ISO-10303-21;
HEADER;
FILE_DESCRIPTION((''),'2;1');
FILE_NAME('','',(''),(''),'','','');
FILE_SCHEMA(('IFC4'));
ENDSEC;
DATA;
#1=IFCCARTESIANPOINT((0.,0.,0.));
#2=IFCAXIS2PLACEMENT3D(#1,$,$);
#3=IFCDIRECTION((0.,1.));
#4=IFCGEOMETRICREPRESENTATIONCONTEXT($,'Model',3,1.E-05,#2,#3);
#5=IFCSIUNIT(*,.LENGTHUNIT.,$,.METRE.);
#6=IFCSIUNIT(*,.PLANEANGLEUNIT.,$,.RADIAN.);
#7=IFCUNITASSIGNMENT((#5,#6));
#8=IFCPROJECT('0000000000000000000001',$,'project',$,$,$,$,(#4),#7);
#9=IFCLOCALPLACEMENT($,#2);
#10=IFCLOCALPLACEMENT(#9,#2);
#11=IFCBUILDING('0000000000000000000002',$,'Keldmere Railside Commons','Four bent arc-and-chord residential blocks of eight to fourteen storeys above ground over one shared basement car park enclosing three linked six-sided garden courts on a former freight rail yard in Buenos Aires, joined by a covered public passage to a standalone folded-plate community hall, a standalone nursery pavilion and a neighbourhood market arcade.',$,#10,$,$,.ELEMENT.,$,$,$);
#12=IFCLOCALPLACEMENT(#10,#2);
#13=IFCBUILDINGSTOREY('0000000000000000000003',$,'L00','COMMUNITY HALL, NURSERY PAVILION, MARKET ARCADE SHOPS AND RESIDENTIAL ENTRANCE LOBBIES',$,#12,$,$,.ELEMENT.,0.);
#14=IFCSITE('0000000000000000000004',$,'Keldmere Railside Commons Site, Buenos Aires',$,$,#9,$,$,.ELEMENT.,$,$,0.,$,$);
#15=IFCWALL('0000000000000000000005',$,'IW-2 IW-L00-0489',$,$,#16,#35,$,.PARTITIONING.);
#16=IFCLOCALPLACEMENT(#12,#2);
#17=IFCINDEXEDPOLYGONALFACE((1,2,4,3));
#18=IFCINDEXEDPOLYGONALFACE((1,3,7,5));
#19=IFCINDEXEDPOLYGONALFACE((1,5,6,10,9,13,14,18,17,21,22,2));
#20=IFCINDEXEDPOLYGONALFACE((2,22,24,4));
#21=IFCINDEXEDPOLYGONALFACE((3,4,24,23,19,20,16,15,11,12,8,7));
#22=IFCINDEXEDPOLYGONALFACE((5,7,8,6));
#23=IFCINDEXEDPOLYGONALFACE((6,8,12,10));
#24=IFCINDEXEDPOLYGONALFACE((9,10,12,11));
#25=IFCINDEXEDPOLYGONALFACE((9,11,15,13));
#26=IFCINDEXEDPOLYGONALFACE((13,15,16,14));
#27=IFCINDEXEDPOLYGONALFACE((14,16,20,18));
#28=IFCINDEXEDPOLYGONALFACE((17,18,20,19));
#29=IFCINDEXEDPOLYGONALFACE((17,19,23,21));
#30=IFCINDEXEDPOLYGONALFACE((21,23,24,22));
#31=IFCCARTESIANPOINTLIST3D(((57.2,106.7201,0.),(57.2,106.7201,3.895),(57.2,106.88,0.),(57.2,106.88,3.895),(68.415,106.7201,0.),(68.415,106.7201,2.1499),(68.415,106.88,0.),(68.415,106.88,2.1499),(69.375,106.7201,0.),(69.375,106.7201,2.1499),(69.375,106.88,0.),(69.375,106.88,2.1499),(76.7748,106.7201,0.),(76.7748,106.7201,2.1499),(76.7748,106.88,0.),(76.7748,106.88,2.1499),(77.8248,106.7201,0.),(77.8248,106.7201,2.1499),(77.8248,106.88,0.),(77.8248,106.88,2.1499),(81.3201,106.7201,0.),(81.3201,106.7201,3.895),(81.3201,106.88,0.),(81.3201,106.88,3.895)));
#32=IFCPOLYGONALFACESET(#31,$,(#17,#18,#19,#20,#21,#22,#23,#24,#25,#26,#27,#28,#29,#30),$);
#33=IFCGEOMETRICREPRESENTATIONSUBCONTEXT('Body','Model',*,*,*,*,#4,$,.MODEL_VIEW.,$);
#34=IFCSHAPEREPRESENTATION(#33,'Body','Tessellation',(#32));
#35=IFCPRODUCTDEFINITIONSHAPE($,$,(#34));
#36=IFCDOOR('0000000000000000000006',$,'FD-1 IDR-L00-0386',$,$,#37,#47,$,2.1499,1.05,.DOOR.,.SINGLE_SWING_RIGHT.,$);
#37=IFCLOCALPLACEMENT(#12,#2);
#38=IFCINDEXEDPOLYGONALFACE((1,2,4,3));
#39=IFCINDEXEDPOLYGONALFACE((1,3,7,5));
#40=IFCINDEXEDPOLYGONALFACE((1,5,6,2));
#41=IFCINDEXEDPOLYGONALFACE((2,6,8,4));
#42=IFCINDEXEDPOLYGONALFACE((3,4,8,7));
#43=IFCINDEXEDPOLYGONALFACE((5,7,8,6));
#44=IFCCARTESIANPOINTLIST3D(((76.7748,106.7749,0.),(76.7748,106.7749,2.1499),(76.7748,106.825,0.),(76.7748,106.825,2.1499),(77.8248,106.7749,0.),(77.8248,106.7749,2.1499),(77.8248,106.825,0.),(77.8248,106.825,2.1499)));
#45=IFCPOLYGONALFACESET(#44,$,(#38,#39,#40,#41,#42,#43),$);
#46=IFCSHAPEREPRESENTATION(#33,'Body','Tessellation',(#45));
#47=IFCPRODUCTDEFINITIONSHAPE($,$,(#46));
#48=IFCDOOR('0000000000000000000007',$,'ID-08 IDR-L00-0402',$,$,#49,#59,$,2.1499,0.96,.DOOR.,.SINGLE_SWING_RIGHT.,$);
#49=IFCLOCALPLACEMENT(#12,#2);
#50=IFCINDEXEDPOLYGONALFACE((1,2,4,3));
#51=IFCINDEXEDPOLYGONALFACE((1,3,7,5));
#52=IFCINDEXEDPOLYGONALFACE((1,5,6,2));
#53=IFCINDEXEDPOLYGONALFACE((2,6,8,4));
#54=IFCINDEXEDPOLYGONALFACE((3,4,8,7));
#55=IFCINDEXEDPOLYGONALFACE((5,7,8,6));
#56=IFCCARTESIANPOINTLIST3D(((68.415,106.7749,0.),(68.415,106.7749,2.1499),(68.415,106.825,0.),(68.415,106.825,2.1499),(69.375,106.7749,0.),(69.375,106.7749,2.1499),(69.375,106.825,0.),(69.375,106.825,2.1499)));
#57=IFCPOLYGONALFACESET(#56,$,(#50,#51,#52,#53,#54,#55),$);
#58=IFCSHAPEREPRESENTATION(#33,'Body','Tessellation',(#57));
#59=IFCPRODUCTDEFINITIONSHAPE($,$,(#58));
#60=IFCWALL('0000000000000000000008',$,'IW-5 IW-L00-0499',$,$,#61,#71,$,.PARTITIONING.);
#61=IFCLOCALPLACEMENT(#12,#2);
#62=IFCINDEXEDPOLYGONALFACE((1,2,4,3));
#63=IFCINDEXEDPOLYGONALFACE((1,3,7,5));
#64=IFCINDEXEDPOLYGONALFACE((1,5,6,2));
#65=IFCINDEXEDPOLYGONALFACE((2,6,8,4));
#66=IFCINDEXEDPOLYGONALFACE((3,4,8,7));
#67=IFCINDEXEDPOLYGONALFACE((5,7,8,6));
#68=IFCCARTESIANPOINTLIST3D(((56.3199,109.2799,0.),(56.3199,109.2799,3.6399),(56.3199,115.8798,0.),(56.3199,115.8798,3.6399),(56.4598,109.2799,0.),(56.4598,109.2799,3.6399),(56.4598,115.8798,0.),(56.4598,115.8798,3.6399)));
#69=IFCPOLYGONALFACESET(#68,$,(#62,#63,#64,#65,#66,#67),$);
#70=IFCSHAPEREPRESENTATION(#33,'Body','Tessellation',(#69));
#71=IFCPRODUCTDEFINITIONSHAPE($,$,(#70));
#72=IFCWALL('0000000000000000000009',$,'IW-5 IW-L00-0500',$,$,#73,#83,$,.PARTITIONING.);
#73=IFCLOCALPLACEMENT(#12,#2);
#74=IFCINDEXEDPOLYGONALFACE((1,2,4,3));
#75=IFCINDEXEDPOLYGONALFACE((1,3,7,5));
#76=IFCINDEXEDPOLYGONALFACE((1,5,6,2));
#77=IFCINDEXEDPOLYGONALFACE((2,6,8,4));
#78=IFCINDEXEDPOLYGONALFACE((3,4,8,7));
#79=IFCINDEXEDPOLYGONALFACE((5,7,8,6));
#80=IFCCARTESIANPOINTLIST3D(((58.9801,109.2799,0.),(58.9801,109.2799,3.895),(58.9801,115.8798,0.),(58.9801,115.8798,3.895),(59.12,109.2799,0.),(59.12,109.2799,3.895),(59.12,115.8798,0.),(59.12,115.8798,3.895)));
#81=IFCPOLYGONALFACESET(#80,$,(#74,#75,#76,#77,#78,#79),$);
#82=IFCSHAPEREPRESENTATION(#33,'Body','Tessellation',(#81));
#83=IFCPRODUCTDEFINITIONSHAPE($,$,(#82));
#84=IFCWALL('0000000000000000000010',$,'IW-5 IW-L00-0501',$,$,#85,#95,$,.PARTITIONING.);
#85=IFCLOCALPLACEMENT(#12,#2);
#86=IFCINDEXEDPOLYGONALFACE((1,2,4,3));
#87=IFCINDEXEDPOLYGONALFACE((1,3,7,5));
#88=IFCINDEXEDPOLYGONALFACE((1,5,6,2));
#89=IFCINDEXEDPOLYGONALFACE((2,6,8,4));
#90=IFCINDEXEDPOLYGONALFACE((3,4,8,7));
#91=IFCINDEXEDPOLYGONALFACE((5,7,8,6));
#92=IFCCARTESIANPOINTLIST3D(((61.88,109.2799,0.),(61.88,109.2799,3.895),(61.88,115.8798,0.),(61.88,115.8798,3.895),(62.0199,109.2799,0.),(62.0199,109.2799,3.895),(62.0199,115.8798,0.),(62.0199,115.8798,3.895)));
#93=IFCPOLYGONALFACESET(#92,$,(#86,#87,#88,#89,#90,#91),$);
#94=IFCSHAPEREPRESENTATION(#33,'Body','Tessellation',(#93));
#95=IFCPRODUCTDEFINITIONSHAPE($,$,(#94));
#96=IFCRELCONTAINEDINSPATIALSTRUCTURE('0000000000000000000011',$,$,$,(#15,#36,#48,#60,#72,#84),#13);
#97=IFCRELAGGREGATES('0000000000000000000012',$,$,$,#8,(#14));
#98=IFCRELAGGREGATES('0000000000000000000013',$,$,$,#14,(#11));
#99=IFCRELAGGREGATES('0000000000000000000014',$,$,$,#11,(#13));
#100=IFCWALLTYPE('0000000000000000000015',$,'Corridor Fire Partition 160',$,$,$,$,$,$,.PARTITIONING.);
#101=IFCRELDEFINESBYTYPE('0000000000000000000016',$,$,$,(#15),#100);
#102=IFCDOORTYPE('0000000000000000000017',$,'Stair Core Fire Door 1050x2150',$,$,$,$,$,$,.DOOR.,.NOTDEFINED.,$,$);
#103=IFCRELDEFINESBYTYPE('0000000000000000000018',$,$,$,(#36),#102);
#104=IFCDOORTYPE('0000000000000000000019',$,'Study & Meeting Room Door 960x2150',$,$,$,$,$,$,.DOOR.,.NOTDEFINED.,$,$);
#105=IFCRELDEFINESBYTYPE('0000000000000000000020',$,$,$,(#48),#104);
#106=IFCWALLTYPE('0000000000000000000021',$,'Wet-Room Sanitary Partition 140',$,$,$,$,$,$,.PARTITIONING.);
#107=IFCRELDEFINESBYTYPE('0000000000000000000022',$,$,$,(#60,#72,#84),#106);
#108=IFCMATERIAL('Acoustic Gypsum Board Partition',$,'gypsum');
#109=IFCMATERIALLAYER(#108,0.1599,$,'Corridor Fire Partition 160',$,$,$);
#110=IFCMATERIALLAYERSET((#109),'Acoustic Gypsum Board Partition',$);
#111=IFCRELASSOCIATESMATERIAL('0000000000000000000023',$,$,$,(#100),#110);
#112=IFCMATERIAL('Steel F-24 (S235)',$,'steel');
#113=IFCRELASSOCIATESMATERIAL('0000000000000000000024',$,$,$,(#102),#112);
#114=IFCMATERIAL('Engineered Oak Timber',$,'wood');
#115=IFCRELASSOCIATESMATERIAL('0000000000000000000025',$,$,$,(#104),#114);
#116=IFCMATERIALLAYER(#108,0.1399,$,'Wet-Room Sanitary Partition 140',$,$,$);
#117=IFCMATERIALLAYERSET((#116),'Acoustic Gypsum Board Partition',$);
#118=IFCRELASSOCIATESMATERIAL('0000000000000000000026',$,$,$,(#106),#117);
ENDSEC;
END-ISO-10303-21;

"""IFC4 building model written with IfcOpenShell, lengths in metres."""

from ifc_helpers import new_model, si_unit, direction, frame, frame_2d, origin, place, context, subcontext, project, spatial, rectangle, extrude, material, layer, layer_set, type_object, element, fill, save


model = new_model("IFC4")

# Units and contexts
model_context = context("Model", 3, precision=1e-05, world=origin(), true_north=direction((0.0, 1.0)))
body_context = subcontext(model_context, "Body", "Model", "MODEL_VIEW")
ifc_project = project(units=[si_unit("LENGTHUNIT", "METRE"), si_unit("PLANEANGLEUNIT", "RADIAN")], contexts=[model_context])

# Site, building, storey
site_placement = place(None, origin())
site = spatial("IfcSite", under=ifc_project, at=site_placement, Name="Keldmere Railside Commons Site, Buenos Aires", CompositionType="ELEMENT", RefElevation=0.0)
building_placement = place(site_placement, origin())
building = spatial("IfcBuilding", under=site, at=building_placement, Name="Keldmere Railside Commons", Description="Four bent arc-and-chord residential blocks of eight to fourteen storeys above ground over one shared basement car park enclosing three linked six-sided garden courts on a former freight rail yard in Buenos Aires, joined by a covered public passage to a standalone folded-plate community hall, a standalone nursery pavilion and a neighbourhood market arcade.", CompositionType="ELEMENT")
storey_placement = place(building_placement, origin())
storey = spatial("IfcBuildingStorey", under=building, at=storey_placement, Name="L00", Description="COMMUNITY HALL, NURSERY PAVILION, MARKET ARCADE SHOPS AND RESIDENTIAL ENTRANCE LOBBIES", CompositionType="ELEMENT", Elevation=0.0)

# Shared definitions
ifc_material_1 = material(Name="Acoustic Gypsum Board Partition", Category="gypsum")

# Wall, openings, doors
ifc_layer_1 = layer(ifc_material_1, 0.1599, Name="Corridor Fire Partition 160")
ifc_layer_set_1 = layer_set([ifc_layer_1], Name="Acoustic Gypsum Board Partition")
wall_type_1 = type_object("IfcWallType", Name="Corridor Fire Partition 160", PredefinedType="PARTITIONING", material=ifc_layer_set_1)
wall_1_placement = place(storey_placement, frame((57.2, 106.8, 0.0), z_axis=(0.0, 0.0, 1.0), x_axis=(1.0, 0.0, 0.0)))
wall_1 = element("IfcWall", 1, at=wall_1_placement, inside=storey, type_object=wall_type_1, Name="IW-2 IW-L00-0489", PredefinedType="PARTITIONING", context=body_context, shape_type="SweptSolid", body=[
    extrude(rectangle(XDim=24.1201, YDim=0.1599, at=frame_2d((12.0601, 0.0))), origin(), (0.0, 0.0, 1.0), 3.895),
])
opening_1_placement = place(wall_1_placement, frame((19.575, 0.0, 0.0)))
opening_1 = element("IfcOpeningElement", 2, at=opening_1_placement, cuts=wall_1, PredefinedType="OPENING", context=body_context, shape_type="SweptSolid", body=[
    extrude(rectangle(XDim=1.05, YDim=2.1499, at=frame_2d((0.5249, 1.075))), frame((0.0, 0.0898, 0.0), z_axis=(0.0, -1.0, 0.0), x_axis=(1.0, 0.0, 0.0)), (0.0, 0.0, 1.0), 0.1799),
])
opening_2_placement = place(wall_1_placement, frame((11.2151, 0.0, 0.0)))
opening_2 = element("IfcOpeningElement", 3, at=opening_2_placement, cuts=wall_1, PredefinedType="OPENING", context=body_context, shape_type="SweptSolid", body=[
    extrude(rectangle(XDim=0.96, YDim=2.1499, at=frame_2d((0.48, 1.075))), frame((0.0, 0.0898, 0.0), z_axis=(0.0, -1.0, 0.0), x_axis=(1.0, 0.0, 0.0)), (0.0, 0.0, 1.0), 0.1799),
])
ifc_material_2 = material(Name="Steel F-24 (S235)", Category="steel")
door_type_1 = type_object("IfcDoorType", Name="Stair Core Fire Door 1050x2150", OperationType="NOTDEFINED", PredefinedType="DOOR", material=ifc_material_2)
door_1_placement = place(opening_1_placement, origin())
door_1 = element("IfcDoor", 4, at=door_1_placement, inside=storey, type_object=door_type_1, Name="FD-1 IDR-L00-0386", OperationType="SINGLE_SWING_RIGHT", OverallHeight=2.1499, OverallWidth=1.05, PredefinedType="DOOR", context=body_context, shape_type="SweptSolid", body=[
    extrude(rectangle(XDim=1.05, YDim=2.1499, at=frame_2d((0.5249, 1.075))), frame((0.0, 0.0249, 0.0), z_axis=(0.0, -1.0, 0.0), x_axis=(1.0, 0.0, 0.0)), (0.0, 0.0, 1.0), 0.05),
])
fill(opening_1, door_1)
ifc_material_3 = material(Name="Engineered Oak Timber", Category="wood")
door_type_2 = type_object("IfcDoorType", Name="Study & Meeting Room Door 960x2150", OperationType="NOTDEFINED", PredefinedType="DOOR", material=ifc_material_3)
door_2_placement = place(opening_2_placement, origin())
door_2 = element("IfcDoor", 5, at=door_2_placement, inside=storey, type_object=door_type_2, Name="ID-08 IDR-L00-0402", OperationType="SINGLE_SWING_RIGHT", OverallHeight=2.1499, OverallWidth=0.96, PredefinedType="DOOR", context=body_context, shape_type="SweptSolid", body=[
    extrude(rectangle(XDim=0.96, YDim=2.1499, at=frame_2d((0.48, 1.075))), frame((0.0, 0.0249, 0.0), z_axis=(0.0, -1.0, 0.0), x_axis=(1.0, 0.0, 0.0)), (0.0, 0.0, 1.0), 0.05),
])
fill(opening_2, door_2)

# Walls
ifc_layer_2 = layer(ifc_material_1, 0.1399, Name="Wet-Room Sanitary Partition 140")
ifc_layer_set_2 = layer_set([ifc_layer_2], Name="Acoustic Gypsum Board Partition")
wall_type_2 = type_object("IfcWallType", Name="Wet-Room Sanitary Partition 140", PredefinedType="PARTITIONING", material=ifc_layer_set_2)
wall_2_placement = place(storey_placement, frame((56.3899, 109.28, 0.0), z_axis=(0.0, 0.0, 1.0), x_axis=(0.0, 1.0, 0.0)))
element("IfcWall", 6, at=wall_2_placement, inside=storey, type_object=wall_type_2, Name="IW-5 IW-L00-0499", PredefinedType="PARTITIONING", context=body_context, shape_type="SweptSolid", body=[
    extrude(rectangle(XDim=6.5999, YDim=0.1399, at=frame_2d((3.2998, 0.0))), origin(), (0.0, 0.0, 1.0), 3.6399),
])
for number, where, z_axis, x_axis, name in (
    (7, (59.05, 109.28, 0.0), (0.0, 0.0, 1.0), (0.0, 1.0, 0.0), "IW-5 IW-L00-0500"),
    (8, (61.95, 109.28, 0.0), (0.0, 0.0, 1.0), (0.0, 1.0, 0.0), "IW-5 IW-L00-0501"),
):
    element("IfcWall", number, at=place(storey_placement, frame(where, z_axis=z_axis, x_axis=x_axis)), inside=storey, type_object=wall_type_2, Name=name, PredefinedType="PARTITIONING", context=body_context, shape_type="SweptSolid", body=[
        extrude(rectangle(XDim=6.5999, YDim=0.1399, at=frame_2d((3.2998, 0.0))), origin(), (0.0, 0.0, 1.0), 3.895),
    ])

save(model, "model.ifc")
